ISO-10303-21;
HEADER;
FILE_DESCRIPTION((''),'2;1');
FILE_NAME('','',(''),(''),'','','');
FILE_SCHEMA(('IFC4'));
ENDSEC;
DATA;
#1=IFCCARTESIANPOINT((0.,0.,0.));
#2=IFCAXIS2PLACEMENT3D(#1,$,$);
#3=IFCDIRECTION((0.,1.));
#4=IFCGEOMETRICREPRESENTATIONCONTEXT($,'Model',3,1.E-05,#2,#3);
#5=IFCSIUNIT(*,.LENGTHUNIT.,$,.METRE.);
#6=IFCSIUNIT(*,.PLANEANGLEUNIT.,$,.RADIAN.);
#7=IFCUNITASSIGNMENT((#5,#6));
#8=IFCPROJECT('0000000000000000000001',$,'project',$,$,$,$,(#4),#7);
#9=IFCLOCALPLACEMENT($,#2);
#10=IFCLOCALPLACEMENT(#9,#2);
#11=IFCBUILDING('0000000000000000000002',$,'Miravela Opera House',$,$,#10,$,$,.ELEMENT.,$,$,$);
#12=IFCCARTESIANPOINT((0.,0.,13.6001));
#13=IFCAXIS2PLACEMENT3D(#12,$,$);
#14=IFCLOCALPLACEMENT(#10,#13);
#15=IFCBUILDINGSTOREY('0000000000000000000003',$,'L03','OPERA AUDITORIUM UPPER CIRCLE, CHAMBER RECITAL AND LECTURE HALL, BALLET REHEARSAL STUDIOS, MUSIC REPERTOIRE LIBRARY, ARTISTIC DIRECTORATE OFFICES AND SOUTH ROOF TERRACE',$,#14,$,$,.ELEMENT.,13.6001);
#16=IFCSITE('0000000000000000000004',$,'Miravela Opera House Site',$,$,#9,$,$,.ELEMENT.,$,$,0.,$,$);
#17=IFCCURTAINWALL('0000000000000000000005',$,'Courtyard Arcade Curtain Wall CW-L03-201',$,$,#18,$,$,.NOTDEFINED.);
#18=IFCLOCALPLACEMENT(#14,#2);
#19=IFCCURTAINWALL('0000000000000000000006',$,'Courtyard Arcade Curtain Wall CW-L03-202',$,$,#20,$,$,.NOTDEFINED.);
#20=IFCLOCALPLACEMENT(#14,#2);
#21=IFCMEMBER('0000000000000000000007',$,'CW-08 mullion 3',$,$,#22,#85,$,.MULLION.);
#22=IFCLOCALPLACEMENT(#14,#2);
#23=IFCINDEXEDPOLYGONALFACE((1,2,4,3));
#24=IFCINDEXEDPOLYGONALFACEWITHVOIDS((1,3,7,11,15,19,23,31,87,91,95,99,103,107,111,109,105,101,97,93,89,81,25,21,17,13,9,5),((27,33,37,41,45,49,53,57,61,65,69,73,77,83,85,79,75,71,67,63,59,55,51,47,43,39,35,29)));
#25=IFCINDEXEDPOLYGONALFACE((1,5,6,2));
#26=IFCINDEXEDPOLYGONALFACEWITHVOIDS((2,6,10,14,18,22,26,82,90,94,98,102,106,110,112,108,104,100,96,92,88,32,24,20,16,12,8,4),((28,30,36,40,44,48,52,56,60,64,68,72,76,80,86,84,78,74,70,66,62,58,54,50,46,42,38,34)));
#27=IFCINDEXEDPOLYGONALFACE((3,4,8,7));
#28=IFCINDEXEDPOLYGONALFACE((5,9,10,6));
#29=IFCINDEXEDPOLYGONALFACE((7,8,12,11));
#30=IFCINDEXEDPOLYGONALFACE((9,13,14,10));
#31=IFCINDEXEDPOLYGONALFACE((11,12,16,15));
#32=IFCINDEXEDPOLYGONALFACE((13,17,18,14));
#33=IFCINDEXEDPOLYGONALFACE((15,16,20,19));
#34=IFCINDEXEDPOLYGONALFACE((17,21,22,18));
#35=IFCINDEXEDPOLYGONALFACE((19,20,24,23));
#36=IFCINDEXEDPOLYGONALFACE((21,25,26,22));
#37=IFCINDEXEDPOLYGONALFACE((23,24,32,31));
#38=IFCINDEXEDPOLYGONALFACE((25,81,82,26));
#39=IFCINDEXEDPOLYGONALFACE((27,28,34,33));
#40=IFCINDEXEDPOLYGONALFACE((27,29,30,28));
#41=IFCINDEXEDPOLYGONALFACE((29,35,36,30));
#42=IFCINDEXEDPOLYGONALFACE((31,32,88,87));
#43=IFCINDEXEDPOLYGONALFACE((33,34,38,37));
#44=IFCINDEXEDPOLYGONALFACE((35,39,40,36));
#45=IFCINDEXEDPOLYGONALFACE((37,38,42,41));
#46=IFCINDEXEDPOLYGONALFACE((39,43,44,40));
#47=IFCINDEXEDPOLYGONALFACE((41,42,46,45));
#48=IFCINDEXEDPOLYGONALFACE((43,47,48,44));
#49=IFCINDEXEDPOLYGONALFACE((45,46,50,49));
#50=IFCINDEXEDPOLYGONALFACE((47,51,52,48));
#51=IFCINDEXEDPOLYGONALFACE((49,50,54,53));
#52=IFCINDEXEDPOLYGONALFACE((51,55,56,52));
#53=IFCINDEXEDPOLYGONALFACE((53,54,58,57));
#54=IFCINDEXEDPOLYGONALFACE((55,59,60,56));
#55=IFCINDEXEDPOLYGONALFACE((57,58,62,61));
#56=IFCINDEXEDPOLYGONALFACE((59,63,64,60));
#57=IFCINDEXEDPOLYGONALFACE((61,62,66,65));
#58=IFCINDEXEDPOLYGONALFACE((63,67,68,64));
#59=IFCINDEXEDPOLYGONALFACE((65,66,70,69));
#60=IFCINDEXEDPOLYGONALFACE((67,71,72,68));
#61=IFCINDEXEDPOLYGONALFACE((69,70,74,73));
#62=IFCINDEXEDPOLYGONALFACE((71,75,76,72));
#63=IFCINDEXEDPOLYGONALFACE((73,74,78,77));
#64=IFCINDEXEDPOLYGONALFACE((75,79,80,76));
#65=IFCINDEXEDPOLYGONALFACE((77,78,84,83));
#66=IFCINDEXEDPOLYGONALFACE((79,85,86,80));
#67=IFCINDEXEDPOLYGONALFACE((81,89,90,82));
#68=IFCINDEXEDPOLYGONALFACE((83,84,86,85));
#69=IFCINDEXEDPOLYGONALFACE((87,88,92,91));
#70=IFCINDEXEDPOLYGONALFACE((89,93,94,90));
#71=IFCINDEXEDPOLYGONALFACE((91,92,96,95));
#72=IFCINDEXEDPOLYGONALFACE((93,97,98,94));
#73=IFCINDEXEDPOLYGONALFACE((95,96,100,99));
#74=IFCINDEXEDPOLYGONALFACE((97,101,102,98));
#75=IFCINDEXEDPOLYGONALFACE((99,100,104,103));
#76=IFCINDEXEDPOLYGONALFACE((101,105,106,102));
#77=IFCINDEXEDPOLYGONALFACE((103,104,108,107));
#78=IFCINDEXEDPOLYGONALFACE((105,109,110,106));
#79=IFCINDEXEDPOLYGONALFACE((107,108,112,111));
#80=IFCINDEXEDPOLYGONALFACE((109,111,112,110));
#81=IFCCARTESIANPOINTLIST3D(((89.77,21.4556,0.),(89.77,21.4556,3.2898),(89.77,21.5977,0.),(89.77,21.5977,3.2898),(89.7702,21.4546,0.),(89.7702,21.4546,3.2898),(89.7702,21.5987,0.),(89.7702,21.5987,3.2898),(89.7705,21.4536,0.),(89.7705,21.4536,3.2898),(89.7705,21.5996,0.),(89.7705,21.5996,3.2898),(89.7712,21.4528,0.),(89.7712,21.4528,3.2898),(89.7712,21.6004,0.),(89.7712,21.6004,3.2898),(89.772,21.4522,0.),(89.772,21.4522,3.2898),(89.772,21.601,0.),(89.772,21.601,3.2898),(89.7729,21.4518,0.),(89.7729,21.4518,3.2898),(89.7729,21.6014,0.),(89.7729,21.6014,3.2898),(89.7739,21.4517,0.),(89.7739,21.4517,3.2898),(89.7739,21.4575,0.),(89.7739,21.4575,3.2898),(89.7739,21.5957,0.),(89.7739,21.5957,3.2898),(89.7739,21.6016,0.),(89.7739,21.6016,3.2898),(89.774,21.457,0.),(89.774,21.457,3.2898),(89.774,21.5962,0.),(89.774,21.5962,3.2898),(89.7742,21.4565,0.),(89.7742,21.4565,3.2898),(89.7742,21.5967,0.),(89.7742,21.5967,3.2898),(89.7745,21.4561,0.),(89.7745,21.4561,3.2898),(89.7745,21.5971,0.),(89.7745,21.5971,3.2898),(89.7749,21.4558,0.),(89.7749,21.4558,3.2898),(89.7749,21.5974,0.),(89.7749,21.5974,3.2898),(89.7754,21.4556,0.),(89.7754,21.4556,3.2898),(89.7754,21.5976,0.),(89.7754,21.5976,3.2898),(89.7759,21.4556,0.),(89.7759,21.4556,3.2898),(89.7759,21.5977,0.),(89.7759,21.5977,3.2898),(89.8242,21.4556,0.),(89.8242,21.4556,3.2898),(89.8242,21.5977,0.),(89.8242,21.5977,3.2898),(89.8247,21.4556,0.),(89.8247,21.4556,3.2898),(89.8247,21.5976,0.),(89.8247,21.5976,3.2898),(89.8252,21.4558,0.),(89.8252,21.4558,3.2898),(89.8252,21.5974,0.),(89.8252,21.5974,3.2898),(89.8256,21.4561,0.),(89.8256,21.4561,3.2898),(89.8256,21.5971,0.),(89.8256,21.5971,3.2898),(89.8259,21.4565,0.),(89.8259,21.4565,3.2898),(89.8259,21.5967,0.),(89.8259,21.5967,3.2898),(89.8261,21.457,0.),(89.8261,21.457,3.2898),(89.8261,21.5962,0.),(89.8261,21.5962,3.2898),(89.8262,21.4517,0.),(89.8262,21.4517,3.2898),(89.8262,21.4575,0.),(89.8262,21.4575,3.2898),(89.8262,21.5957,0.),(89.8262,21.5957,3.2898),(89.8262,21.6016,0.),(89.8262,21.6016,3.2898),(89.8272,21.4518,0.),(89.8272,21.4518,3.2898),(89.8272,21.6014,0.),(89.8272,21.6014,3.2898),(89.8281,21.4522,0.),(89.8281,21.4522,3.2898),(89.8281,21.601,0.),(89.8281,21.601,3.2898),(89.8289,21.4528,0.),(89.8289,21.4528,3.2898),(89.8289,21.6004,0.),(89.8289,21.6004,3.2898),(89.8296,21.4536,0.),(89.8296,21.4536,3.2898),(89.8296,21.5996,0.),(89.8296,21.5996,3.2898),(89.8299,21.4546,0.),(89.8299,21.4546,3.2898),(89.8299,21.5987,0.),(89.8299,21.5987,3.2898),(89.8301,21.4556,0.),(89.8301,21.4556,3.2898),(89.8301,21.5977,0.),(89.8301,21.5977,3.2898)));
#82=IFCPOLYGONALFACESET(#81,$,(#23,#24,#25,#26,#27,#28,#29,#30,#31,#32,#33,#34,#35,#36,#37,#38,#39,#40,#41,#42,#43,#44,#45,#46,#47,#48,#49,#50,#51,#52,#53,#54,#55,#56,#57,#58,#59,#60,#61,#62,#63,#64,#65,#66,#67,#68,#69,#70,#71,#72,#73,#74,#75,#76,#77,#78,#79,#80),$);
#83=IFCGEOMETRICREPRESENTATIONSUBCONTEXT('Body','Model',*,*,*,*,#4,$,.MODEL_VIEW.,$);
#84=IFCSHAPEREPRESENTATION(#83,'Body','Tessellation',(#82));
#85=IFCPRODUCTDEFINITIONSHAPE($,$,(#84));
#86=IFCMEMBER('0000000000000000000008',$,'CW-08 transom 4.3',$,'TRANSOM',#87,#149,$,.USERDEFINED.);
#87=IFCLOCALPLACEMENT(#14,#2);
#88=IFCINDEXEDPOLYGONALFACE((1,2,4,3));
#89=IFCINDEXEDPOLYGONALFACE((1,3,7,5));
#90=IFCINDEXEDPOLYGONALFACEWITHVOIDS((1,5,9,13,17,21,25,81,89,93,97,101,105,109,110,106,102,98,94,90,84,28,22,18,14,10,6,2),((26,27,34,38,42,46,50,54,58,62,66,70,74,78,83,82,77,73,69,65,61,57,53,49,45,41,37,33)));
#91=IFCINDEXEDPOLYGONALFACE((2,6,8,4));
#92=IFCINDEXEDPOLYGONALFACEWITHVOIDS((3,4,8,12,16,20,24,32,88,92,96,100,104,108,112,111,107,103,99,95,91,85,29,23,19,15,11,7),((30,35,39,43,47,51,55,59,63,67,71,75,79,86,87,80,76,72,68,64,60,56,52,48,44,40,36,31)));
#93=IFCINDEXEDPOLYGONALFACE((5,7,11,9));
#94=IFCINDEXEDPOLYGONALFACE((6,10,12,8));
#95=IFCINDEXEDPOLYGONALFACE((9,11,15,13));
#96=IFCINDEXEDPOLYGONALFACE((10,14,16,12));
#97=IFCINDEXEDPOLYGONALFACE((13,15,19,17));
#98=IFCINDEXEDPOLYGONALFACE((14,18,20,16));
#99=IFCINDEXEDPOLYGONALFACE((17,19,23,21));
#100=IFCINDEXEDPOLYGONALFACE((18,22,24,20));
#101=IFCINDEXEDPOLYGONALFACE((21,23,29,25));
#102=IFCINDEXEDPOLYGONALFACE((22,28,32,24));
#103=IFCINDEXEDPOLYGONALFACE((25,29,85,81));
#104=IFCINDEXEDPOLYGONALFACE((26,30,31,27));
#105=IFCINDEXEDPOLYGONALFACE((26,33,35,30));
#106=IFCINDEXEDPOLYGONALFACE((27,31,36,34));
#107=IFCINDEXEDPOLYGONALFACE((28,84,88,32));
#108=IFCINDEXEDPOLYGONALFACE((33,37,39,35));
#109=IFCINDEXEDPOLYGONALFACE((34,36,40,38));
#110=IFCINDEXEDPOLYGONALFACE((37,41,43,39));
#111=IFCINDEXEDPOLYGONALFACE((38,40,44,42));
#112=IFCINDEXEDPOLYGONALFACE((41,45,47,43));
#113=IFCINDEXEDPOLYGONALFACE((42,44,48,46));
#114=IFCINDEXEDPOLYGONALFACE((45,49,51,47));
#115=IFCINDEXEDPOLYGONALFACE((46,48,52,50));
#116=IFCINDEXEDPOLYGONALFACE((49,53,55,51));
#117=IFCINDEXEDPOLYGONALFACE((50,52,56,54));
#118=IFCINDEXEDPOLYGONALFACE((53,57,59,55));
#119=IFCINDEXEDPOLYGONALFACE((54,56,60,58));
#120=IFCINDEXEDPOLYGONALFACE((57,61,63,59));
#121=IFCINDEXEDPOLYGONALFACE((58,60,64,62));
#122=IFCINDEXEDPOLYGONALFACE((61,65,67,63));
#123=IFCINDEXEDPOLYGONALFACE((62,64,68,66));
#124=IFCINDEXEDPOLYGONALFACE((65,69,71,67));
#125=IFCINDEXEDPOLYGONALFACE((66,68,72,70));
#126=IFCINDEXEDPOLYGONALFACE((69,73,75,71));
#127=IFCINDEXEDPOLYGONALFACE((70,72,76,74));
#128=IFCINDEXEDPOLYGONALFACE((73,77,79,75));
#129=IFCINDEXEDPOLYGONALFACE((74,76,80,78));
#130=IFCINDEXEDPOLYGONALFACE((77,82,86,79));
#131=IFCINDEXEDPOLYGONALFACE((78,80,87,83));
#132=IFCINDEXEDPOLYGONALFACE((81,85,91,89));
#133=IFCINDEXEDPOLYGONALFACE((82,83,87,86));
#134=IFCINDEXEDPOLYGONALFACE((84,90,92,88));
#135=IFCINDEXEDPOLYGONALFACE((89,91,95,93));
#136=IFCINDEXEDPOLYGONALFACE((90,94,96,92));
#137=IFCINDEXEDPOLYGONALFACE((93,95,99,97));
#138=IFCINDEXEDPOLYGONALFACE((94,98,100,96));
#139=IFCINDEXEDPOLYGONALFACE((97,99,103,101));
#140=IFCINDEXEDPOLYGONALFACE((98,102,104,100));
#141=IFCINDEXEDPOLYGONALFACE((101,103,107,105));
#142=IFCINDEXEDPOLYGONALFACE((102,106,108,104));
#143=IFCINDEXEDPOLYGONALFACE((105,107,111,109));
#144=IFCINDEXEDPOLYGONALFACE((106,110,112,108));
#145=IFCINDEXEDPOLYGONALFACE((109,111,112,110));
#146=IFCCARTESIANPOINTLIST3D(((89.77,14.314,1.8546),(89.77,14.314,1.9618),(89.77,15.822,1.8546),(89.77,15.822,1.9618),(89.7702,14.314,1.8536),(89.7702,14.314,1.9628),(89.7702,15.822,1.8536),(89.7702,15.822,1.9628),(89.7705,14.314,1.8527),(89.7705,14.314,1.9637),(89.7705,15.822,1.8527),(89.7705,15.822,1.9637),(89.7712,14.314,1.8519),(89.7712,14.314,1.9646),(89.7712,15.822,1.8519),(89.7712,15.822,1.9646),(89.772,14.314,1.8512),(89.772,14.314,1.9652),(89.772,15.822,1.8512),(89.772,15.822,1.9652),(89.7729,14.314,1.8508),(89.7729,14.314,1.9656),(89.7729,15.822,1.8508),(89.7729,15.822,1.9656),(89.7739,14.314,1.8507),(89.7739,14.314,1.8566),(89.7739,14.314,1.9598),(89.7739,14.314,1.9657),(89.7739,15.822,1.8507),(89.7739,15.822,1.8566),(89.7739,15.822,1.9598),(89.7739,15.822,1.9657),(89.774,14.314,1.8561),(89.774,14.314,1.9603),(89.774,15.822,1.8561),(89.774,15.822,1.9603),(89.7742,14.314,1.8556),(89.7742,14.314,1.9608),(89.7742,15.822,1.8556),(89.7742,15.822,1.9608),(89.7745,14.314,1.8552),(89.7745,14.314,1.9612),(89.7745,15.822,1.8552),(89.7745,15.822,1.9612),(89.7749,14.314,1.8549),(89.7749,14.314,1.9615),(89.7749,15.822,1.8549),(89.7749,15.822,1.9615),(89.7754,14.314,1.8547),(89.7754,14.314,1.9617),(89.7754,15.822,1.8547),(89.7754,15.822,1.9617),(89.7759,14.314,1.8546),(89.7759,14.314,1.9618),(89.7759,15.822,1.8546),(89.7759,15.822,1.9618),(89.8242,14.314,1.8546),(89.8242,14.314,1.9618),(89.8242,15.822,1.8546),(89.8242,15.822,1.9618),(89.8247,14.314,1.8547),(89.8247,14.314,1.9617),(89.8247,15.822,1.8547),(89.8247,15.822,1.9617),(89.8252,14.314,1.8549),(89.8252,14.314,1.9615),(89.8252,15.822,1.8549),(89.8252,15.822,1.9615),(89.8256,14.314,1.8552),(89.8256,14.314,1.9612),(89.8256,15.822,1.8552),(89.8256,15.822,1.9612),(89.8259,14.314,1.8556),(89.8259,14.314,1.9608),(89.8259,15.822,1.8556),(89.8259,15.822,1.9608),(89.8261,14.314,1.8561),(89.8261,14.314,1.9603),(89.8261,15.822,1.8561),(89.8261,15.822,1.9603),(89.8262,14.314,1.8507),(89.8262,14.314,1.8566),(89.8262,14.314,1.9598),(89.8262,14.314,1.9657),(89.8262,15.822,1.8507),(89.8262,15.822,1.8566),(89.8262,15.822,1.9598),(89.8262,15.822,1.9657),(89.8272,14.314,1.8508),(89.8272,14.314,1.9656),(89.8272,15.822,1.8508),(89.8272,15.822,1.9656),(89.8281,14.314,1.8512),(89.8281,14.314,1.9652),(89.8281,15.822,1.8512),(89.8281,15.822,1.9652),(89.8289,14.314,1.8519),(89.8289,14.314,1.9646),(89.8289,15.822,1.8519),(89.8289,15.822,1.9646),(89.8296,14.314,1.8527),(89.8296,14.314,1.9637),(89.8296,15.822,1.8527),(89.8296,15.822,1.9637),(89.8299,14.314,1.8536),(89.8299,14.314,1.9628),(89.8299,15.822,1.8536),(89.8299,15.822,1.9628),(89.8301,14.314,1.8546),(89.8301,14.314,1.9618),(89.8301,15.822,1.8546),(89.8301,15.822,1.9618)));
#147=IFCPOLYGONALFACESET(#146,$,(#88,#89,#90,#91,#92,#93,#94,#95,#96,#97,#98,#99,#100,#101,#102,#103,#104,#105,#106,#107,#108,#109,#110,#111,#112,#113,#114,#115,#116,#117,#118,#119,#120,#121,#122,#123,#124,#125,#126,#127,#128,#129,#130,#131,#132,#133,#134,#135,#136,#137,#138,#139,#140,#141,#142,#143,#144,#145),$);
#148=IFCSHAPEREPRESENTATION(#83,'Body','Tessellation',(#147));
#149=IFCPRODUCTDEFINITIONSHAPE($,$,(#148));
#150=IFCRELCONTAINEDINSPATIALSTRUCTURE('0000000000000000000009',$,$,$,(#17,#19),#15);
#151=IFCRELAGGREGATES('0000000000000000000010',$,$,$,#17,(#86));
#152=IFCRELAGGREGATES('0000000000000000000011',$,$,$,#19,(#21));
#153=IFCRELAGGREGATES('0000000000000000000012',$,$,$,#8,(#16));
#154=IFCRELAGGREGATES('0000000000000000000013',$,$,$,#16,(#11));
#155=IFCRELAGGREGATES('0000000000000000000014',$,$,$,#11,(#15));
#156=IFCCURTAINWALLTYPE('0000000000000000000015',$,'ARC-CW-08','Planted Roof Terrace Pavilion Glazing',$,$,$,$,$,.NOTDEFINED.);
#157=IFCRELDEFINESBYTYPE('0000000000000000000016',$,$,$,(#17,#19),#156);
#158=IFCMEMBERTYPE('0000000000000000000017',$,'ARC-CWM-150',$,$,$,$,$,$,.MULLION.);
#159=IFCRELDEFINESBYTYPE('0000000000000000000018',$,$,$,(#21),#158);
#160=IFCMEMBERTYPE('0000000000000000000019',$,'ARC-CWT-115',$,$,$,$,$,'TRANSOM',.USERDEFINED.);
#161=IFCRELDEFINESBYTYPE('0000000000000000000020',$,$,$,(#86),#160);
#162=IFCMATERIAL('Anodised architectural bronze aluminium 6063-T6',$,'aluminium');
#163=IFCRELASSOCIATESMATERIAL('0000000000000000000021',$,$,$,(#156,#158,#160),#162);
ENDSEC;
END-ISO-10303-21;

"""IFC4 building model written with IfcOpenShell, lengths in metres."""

from ifc_helpers import new_model, si_unit, direction, frame, origin, origin_2d, place, context, subcontext, project, spatial, hollow_rectangle, extrude, material, material_profile, profile_set, type_object, element, aggregate, save


model = new_model("IFC4")

# Units and contexts
model_context = context("Model", 3, precision=1e-05, world=origin(), true_north=direction((0.0, 1.0)))
body_context = subcontext(model_context, "Body", "Model", "MODEL_VIEW")
ifc_project = project(units=[si_unit("LENGTHUNIT", "METRE"), si_unit("PLANEANGLEUNIT", "RADIAN")], contexts=[model_context])

# Site, building, storey
site_placement = place(None, origin())
site = spatial("IfcSite", under=ifc_project, at=site_placement, Name="Miravela Opera House Site", CompositionType="ELEMENT", RefElevation=0.0)
building_placement = place(site_placement, origin())
building = spatial("IfcBuilding", under=site, at=building_placement, Name="Miravela Opera House", CompositionType="ELEMENT")
storey_placement = place(building_placement, frame((0.0, 0.0, 13.6001)))
storey = spatial("IfcBuildingStorey", under=building, at=storey_placement, Name="L03", Description="OPERA AUDITORIUM UPPER CIRCLE, CHAMBER RECITAL AND LECTURE HALL, BALLET REHEARSAL STUDIOS, MUSIC REPERTOIRE LIBRARY, ARTISTIC DIRECTORATE OFFICES AND SOUTH ROOF TERRACE", CompositionType="ELEMENT", Elevation=13.6001)

# Curtain walls, member
ifc_material_1 = material(Name="Anodised architectural bronze aluminium 6063-T6", Category="aluminium")
curtain_wall_type = type_object("IfcCurtainWallType", Name="ARC-CW-08", Description="Planted Roof Terrace Pavilion Glazing", PredefinedType="NOTDEFINED", material=ifc_material_1)
curtain_wall_1_placement = place(storey_placement, origin())
curtain_wall_1 = element("IfcCurtainWall", 1, at=curtain_wall_1_placement, inside=storey, type_object=curtain_wall_type, Name="Courtyard Arcade Curtain Wall CW-L03-201", PredefinedType="NOTDEFINED")
ifc_material_profile_1 = material_profile(ifc_material_1, hollow_rectangle(XDim=0.0601, YDim=0.1499, WallThickness=0.0039, InnerFilletRadius=0.002, OuterFilletRadius=0.0039, at=origin_2d()), Name="CWM-60X150")
ifc_profile_set_1 = profile_set([ifc_material_profile_1])
member_type_1 = type_object("IfcMemberType", Name="ARC-CWM-150", PredefinedType="MULLION", material=ifc_profile_set_1)
curtain_wall_2_placement = place(storey_placement, origin())
curtain_wall_2 = element("IfcCurtainWall", 2, at=curtain_wall_2_placement, inside=storey, type_object=curtain_wall_type, Name="Courtyard Arcade Curtain Wall CW-L03-202", PredefinedType="NOTDEFINED")
member_1_placement = place(storey_placement, frame((89.8, 21.5266, 0.0), z_axis=(0.0, 0.0, 1.0), x_axis=(-1.0, 0.0, 0.0)))
member_1 = element("IfcMember", 3, at=member_1_placement, type_object=member_type_1, Name="CW-08 mullion 3", PredefinedType="MULLION", context=body_context, shape_type="SweptSolid", body=[
    extrude(hollow_rectangle(XDim=0.0601, YDim=0.1499, WallThickness=0.0039, InnerFilletRadius=0.002, OuterFilletRadius=0.0039, at=origin_2d()), origin(), (0.0, 0.0, 1.0), 3.2898),
])

# Member
ifc_material_profile_2 = material_profile(ifc_material_1, hollow_rectangle(XDim=0.0601, YDim=0.115, WallThickness=0.0039, InnerFilletRadius=0.002, OuterFilletRadius=0.0039, at=origin_2d()), Name="CWT-60X115")
ifc_profile_set_2 = profile_set([ifc_material_profile_2])
member_type_2 = type_object("IfcMemberType", Name="ARC-CWT-115", ElementType="TRANSOM", PredefinedType="USERDEFINED", material=ifc_profile_set_2)
member_2_placement = place(storey_placement, frame((89.8, 14.314, 1.9082), z_axis=(0.0, 1.0, 0.0), x_axis=(-1.0, 0.0, 0.0)))
member_2 = element("IfcMember", 4, at=member_2_placement, type_object=member_type_2, Name="CW-08 transom 4.3", ObjectType="TRANSOM", PredefinedType="USERDEFINED", context=body_context, shape_type="SweptSolid", body=[
    extrude(hollow_rectangle(XDim=0.0601, YDim=0.115, WallThickness=0.0039, InnerFilletRadius=0.002, OuterFilletRadius=0.0039, at=origin_2d()), origin(), (0.0, 0.0, 1.0), 1.5081),
])

aggregate(curtain_wall_1, [member_2])
aggregate(curtain_wall_2, [member_1])

save(model, "model.ifc")
